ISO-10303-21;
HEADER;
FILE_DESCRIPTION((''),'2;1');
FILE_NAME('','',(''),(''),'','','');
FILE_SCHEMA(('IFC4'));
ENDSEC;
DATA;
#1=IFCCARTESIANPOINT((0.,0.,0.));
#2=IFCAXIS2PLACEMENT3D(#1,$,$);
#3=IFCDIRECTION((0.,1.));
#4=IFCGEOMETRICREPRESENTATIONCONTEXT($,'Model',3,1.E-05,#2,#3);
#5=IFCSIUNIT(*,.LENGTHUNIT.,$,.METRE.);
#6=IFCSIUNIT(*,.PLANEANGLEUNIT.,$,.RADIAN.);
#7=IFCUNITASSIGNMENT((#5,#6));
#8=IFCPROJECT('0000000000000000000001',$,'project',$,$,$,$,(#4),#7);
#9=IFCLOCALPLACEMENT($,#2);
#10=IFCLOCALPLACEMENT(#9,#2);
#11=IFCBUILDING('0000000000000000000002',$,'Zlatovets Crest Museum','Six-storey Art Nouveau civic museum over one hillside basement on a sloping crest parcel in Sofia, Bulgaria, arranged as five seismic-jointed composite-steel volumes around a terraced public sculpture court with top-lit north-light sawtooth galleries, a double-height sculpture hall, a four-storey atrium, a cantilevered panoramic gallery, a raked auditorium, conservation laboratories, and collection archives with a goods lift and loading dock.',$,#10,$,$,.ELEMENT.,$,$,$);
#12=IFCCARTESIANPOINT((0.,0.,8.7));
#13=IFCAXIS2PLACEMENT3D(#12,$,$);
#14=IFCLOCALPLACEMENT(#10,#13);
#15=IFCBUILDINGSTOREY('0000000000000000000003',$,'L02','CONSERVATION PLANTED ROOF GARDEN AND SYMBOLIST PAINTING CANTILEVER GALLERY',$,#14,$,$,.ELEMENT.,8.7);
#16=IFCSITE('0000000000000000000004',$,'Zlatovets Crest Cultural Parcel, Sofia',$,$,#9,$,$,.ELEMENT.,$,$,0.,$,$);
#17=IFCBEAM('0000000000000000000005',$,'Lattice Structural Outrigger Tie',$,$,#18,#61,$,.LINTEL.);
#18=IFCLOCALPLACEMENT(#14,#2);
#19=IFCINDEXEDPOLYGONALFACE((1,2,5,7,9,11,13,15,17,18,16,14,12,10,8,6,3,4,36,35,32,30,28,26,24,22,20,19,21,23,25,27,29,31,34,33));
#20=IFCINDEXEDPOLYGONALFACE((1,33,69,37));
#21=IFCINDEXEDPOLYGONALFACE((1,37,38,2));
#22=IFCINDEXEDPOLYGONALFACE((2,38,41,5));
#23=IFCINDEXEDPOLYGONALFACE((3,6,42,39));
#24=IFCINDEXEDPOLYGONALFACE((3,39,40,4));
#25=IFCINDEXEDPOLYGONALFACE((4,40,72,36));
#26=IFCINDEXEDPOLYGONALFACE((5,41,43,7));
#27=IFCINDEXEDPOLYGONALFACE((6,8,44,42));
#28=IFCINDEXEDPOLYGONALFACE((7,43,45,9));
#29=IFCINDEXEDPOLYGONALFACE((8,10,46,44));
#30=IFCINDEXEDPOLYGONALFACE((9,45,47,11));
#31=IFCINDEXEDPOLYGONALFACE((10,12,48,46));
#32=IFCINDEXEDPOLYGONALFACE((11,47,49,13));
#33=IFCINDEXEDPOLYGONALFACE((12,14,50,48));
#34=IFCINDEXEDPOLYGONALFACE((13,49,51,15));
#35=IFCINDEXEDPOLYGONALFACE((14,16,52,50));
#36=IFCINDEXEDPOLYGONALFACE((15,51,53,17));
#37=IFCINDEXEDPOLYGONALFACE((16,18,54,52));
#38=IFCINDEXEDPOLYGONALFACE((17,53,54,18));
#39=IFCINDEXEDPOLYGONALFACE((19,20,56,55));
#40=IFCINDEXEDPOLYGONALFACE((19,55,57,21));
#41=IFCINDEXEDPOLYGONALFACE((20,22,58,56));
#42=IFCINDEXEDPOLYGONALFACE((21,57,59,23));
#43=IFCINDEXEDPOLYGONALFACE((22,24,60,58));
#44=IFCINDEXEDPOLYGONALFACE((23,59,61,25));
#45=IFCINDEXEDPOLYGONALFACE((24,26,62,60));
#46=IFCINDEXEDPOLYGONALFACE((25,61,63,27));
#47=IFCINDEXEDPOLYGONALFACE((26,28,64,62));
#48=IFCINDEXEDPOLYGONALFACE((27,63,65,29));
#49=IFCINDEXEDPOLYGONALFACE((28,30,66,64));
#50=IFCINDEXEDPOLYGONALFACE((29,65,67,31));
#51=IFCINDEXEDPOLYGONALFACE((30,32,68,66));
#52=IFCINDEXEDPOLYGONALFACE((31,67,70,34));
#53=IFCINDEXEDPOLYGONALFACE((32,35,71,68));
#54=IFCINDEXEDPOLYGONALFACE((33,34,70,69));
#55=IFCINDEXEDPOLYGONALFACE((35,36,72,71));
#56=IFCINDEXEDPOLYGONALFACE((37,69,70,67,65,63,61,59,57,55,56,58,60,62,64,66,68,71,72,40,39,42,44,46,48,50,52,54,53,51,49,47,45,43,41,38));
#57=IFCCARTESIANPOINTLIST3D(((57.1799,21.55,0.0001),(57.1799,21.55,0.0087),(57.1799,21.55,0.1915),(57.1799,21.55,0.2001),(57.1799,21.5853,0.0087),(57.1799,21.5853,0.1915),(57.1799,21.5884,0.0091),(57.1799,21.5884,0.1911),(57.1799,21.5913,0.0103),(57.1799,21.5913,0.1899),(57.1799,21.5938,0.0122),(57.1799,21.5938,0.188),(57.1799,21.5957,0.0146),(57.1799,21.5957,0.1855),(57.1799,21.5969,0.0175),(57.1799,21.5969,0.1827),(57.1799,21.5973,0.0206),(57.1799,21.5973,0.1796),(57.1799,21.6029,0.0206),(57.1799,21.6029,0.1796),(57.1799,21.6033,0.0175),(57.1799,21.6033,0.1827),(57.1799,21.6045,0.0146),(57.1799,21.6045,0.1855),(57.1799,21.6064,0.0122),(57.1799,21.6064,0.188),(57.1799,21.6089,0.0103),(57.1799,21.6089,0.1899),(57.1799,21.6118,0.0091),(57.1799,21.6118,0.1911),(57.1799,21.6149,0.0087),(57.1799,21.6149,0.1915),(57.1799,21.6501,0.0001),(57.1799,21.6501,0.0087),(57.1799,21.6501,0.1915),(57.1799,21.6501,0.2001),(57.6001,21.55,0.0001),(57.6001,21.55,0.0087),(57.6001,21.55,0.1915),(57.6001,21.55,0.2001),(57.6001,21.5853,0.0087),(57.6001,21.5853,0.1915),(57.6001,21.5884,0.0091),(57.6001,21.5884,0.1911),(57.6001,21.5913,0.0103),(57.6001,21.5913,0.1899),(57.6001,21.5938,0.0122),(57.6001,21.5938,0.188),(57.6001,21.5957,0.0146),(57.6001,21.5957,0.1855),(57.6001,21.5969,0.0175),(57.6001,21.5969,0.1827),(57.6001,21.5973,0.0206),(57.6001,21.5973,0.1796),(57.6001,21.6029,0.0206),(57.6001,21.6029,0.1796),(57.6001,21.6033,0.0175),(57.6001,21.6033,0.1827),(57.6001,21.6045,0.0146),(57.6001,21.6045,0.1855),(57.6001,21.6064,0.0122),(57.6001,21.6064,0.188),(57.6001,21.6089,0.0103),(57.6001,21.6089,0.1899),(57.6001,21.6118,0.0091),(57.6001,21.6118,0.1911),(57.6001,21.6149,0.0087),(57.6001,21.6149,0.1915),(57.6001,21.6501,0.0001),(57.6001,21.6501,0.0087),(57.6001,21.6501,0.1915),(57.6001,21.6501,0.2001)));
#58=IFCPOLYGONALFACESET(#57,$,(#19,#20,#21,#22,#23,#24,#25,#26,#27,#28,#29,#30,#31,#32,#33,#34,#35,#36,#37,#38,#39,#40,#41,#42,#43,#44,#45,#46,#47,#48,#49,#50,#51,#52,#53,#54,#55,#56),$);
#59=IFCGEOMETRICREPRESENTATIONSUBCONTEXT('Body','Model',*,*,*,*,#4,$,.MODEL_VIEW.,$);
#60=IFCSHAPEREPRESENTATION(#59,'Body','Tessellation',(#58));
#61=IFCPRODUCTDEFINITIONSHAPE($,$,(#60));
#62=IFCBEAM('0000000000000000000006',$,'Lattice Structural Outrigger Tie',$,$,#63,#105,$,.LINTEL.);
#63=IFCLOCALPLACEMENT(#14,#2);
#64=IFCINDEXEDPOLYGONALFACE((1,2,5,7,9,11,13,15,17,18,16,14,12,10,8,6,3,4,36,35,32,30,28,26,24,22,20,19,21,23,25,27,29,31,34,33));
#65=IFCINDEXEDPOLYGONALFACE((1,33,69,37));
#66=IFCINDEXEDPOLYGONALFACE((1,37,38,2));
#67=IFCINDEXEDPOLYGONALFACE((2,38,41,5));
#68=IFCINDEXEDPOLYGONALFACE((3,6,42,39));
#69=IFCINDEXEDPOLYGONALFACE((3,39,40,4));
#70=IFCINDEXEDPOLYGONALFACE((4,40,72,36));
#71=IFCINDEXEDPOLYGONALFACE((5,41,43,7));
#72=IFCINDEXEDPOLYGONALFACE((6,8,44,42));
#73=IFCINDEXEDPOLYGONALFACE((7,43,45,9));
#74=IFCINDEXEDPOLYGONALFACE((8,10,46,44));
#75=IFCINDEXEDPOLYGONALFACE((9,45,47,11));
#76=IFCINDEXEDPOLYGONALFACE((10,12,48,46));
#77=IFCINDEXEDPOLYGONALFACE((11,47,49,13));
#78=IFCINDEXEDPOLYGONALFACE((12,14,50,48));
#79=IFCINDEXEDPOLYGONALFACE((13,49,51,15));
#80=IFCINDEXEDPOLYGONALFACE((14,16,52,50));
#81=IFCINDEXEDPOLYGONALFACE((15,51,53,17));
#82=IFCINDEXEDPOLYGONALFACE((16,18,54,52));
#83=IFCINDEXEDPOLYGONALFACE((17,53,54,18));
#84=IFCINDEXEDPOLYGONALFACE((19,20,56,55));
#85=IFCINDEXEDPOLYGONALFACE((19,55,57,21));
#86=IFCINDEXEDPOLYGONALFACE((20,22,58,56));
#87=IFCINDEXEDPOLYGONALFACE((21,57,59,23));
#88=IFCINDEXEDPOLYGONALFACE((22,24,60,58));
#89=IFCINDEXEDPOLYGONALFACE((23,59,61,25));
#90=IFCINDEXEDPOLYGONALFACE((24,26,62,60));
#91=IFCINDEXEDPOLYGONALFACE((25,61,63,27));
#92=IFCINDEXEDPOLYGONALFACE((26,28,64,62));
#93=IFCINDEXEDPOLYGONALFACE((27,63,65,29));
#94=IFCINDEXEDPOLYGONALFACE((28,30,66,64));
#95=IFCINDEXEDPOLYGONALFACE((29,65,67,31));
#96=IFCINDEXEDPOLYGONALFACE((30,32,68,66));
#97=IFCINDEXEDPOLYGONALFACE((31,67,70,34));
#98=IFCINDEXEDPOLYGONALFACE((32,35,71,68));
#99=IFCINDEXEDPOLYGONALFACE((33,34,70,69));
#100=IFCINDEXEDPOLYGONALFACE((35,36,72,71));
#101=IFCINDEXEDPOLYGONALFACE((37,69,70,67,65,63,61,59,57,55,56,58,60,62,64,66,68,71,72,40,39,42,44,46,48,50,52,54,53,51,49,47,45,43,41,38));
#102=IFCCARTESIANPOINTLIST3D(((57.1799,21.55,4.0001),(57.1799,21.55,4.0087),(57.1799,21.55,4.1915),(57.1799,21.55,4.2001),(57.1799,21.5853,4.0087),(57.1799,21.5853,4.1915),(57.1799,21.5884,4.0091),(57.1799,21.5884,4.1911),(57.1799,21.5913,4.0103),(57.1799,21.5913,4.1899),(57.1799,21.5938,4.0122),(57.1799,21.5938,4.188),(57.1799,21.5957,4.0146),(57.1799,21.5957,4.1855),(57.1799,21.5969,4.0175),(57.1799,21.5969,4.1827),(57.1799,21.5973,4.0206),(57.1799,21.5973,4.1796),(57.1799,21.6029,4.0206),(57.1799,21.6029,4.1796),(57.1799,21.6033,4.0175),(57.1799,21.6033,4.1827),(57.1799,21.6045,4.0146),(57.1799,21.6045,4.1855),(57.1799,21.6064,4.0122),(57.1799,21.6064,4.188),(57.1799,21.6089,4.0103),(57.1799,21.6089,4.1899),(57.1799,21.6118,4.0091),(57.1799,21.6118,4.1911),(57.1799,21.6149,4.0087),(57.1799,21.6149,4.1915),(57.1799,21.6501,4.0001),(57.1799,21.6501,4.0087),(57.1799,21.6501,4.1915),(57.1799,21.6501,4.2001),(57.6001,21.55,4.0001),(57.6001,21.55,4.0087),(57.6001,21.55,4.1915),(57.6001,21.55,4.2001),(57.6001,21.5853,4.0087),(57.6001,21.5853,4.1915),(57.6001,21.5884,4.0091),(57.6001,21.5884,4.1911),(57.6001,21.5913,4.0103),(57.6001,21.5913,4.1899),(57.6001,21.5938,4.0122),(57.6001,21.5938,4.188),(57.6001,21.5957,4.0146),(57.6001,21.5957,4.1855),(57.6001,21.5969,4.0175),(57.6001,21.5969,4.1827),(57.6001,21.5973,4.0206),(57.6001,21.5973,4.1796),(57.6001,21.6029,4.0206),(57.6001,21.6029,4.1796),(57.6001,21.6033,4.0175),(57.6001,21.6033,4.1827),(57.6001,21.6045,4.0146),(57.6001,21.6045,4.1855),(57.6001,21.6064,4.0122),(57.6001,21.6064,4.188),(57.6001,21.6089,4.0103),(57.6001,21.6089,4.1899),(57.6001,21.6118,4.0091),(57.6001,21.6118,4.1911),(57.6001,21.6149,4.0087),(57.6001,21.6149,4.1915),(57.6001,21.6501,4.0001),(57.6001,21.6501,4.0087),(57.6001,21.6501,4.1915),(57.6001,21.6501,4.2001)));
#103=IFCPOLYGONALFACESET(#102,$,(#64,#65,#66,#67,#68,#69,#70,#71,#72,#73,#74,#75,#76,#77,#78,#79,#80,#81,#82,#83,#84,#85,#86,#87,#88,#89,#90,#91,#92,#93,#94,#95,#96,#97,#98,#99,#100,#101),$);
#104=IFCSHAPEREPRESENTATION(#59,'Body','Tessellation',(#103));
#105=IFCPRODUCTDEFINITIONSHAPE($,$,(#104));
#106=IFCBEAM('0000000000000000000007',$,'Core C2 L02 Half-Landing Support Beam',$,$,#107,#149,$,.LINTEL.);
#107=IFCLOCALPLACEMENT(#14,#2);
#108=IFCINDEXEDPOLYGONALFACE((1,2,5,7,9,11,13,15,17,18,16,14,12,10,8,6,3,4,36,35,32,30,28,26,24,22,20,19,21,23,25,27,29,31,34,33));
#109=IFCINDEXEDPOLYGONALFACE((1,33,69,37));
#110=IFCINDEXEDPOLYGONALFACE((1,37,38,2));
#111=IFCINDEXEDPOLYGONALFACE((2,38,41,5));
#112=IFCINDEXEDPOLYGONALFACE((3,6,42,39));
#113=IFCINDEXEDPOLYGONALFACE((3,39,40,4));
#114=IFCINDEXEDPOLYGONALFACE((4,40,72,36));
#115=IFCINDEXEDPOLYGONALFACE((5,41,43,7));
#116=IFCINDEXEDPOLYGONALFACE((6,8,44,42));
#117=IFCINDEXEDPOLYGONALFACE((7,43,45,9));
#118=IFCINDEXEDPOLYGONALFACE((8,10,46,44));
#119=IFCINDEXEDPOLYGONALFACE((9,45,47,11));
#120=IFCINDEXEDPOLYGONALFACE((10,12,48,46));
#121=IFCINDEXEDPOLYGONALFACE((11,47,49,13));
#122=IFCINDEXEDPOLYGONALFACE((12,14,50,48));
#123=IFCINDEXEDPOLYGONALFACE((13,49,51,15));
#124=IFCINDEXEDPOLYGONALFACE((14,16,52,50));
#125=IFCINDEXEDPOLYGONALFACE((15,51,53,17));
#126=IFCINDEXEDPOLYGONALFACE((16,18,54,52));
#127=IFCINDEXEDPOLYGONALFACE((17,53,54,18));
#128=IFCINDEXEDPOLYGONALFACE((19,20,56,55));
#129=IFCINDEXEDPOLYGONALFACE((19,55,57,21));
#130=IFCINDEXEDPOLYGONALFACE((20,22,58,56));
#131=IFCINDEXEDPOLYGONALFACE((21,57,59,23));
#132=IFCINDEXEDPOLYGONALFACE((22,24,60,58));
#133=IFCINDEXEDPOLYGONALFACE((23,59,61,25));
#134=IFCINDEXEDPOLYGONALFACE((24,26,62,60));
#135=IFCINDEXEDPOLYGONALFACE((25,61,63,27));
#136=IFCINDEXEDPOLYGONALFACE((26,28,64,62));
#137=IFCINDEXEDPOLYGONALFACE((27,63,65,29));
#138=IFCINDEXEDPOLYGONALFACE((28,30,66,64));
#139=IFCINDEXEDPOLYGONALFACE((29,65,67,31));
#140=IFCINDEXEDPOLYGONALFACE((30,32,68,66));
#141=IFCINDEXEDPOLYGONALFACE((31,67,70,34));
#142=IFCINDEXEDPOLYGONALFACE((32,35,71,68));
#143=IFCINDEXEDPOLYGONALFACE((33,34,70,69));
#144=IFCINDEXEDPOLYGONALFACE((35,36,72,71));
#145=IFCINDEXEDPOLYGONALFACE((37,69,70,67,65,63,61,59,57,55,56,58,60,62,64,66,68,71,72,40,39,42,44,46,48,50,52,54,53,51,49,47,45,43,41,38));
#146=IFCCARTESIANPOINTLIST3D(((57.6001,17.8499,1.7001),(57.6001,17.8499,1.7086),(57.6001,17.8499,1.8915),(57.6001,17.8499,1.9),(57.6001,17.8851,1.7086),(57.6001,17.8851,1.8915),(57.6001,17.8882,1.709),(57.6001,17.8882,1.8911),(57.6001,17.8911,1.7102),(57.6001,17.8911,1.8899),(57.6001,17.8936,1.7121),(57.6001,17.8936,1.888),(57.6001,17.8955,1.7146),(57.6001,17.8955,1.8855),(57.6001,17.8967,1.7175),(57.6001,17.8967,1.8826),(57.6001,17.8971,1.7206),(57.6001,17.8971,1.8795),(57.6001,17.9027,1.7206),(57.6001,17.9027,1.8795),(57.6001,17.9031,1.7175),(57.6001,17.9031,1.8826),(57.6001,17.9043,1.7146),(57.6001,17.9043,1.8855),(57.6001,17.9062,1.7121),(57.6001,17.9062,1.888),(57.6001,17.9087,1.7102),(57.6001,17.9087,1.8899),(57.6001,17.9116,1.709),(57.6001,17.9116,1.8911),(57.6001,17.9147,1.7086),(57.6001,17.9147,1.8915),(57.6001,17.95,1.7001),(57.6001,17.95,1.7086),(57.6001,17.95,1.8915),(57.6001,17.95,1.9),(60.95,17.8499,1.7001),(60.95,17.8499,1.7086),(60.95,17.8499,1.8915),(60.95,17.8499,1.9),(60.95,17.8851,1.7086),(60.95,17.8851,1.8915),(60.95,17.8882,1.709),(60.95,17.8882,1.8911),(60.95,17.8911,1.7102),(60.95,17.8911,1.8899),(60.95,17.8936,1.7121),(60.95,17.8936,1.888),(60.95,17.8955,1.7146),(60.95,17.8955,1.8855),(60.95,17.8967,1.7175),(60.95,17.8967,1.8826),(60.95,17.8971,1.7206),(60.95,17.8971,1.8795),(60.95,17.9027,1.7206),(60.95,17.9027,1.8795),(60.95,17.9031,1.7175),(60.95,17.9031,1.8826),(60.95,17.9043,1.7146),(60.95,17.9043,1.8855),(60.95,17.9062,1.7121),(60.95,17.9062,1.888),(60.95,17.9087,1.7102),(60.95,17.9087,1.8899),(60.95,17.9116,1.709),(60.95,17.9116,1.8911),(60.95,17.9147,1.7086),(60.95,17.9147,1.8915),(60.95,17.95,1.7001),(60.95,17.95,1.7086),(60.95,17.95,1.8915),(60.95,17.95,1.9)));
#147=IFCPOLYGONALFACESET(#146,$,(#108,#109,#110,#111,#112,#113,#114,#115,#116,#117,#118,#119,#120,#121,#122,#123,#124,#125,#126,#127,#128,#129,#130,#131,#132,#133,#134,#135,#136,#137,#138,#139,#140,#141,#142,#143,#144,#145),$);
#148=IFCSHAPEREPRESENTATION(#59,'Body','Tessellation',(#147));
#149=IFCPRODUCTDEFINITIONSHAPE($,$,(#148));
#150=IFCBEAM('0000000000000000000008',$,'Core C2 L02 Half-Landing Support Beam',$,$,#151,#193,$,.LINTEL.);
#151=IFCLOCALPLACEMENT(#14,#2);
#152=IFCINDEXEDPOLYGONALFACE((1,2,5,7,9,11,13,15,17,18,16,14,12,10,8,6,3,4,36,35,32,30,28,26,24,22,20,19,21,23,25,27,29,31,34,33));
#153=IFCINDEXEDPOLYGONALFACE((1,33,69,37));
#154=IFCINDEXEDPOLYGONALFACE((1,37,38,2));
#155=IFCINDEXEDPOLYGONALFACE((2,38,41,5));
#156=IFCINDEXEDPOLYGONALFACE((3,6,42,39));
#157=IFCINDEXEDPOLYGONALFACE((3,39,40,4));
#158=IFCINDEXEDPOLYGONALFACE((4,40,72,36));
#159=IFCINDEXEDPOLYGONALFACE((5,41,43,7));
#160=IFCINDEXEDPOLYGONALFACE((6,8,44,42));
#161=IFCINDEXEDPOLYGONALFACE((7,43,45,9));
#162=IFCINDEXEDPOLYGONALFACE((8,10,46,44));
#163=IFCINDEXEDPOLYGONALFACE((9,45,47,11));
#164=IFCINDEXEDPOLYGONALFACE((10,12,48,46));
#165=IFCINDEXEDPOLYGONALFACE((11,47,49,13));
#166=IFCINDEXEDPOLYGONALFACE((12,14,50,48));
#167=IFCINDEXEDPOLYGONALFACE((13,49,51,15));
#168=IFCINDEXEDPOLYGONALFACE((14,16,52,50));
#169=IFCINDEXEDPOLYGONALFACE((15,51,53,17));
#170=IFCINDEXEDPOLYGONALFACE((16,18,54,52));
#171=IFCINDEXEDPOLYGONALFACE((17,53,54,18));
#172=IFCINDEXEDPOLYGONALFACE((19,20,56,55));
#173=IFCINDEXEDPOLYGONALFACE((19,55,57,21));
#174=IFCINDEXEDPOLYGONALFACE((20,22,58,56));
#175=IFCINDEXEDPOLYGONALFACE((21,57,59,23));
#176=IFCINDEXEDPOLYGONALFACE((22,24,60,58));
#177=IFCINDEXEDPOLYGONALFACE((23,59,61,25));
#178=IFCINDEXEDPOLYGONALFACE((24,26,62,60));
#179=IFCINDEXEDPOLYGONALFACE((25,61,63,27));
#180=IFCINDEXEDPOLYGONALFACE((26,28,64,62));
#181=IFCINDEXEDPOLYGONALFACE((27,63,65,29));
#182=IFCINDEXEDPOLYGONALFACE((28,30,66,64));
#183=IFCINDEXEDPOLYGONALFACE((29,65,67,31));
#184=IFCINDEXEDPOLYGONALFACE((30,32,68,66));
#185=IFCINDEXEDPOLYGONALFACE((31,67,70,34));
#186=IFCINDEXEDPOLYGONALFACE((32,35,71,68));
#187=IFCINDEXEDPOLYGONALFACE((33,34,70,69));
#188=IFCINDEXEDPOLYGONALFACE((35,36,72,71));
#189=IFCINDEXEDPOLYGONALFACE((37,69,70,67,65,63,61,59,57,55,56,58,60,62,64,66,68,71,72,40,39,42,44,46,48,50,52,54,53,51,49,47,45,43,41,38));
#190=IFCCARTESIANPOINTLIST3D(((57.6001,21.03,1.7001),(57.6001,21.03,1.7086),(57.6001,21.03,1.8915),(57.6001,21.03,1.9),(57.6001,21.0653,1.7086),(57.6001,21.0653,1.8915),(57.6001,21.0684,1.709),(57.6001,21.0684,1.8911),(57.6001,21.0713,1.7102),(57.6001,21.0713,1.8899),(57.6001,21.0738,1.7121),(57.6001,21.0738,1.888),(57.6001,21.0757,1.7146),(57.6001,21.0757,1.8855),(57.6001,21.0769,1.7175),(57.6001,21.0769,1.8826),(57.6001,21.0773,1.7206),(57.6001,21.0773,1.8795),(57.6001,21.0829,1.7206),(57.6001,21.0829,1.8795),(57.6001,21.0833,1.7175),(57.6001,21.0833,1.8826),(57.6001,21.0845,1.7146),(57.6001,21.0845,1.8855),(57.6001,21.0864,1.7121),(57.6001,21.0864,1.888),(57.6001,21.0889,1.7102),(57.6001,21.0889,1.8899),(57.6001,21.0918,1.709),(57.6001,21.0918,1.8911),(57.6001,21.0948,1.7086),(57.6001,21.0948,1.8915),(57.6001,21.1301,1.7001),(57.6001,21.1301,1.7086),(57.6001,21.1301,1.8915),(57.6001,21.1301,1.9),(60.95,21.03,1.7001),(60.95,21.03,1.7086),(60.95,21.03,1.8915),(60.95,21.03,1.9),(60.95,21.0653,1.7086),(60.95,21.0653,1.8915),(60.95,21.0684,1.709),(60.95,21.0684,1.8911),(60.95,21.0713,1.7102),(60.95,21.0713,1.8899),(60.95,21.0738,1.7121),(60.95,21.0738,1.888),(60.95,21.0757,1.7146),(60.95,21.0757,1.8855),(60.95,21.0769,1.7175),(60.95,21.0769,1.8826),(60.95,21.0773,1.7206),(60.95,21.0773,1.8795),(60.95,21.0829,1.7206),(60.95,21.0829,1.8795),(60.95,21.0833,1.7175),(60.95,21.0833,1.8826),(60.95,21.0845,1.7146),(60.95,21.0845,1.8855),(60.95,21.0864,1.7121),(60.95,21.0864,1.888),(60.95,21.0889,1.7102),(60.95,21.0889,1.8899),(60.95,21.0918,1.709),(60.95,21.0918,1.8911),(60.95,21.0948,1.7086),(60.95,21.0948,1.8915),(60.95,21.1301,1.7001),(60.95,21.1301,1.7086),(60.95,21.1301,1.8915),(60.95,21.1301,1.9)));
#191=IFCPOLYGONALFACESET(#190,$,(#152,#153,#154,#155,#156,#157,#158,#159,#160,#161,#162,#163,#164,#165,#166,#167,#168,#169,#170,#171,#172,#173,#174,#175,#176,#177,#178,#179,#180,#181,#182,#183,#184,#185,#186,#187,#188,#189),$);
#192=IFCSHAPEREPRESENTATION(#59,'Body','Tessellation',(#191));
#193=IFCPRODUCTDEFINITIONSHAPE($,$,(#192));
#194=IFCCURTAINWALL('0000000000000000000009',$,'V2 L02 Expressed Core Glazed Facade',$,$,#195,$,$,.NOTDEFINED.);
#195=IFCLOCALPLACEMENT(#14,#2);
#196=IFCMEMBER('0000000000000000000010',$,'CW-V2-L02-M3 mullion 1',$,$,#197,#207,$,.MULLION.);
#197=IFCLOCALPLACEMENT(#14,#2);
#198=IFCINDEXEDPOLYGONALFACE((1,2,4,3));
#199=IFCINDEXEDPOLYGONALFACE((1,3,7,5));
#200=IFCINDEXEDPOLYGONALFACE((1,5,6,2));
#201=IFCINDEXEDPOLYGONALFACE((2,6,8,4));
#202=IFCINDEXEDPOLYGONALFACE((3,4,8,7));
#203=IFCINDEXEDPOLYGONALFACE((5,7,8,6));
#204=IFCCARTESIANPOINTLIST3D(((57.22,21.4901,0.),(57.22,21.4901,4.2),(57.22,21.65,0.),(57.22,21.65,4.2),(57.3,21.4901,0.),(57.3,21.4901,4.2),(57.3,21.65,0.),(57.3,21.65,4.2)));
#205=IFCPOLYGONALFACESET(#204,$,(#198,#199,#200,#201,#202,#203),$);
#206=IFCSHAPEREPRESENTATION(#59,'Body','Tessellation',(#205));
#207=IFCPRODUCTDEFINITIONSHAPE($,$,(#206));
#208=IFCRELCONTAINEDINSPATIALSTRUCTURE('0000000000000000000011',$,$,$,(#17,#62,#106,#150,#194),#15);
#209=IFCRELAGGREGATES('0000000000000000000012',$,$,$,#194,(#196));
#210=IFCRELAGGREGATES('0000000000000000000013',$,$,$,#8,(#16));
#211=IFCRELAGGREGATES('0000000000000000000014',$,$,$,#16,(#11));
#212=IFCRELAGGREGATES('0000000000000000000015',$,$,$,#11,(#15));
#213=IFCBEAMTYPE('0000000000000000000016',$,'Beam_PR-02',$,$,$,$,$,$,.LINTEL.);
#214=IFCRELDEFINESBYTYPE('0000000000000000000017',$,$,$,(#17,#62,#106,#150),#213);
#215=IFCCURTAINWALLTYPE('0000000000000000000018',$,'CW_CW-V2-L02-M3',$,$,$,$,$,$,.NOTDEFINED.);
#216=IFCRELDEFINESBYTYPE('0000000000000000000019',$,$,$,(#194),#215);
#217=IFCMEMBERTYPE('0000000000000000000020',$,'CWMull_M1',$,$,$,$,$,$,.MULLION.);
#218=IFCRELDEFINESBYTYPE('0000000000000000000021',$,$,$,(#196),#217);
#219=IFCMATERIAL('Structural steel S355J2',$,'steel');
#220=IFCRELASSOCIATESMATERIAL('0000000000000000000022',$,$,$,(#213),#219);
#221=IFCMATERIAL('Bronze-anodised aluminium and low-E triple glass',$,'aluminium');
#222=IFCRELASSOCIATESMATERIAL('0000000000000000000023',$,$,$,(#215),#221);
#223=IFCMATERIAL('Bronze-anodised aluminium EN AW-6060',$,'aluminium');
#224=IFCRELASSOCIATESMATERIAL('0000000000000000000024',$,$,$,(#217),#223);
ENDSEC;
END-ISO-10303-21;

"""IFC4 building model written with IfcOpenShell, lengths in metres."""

from ifc_helpers import new_model, si_unit, direction, frame, origin, origin_2d, place, context, subcontext, project, spatial, rectangle, i_section, extrude, material, material_profile, profile_set, type_object, element, aggregate, save


model = new_model("IFC4")

# Units and contexts
model_context = context("Model", 3, precision=1e-05, world=origin(), true_north=direction((0.0, 1.0)))
body_context = subcontext(model_context, "Body", "Model", "MODEL_VIEW")
ifc_project = project(units=[si_unit("LENGTHUNIT", "METRE"), si_unit("PLANEANGLEUNIT", "RADIAN")], contexts=[model_context])

# Site, building, storey
site_placement = place(None, origin())
site = spatial("IfcSite", under=ifc_project, at=site_placement, Name="Zlatovets Crest Cultural Parcel, Sofia", CompositionType="ELEMENT", RefElevation=0.0)
building_placement = place(site_placement, origin())
building = spatial("IfcBuilding", under=site, at=building_placement, Name="Zlatovets Crest Museum", Description="Six-storey Art Nouveau civic museum over one hillside basement on a sloping crest parcel in Sofia, Bulgaria, arranged as five seismic-jointed composite-steel volumes around a terraced public sculpture court with top-lit north-light sawtooth galleries, a double-height sculpture hall, a four-storey atrium, a cantilevered panoramic gallery, a raked auditorium, conservation laboratories, and collection archives with a goods lift and loading dock.", CompositionType="ELEMENT")
storey_placement = place(building_placement, frame((0.0, 0.0, 8.7)))
storey = spatial("IfcBuildingStorey", under=building, at=storey_placement, Name="L02", Description="CONSERVATION PLANTED ROOF GARDEN AND SYMBOLIST PAINTING CANTILEVER GALLERY", CompositionType="ELEMENT", Elevation=8.7)

# Shared definitions
ifc_material_1 = material(Name="Structural steel S355J2", Category="steel")

# Beams
ifc_material_profile_1 = material_profile(ifc_material_1, i_section(OverallWidth=0.1001, OverallDepth=0.2, WebThickness=0.0056, FlangeThickness=0.0085, FilletRadius=0.012, at=origin_2d()), Name="IPE 200")
ifc_profile_set_1 = profile_set([ifc_material_profile_1], Name="Structural steel S355J2")
beam_type_1 = type_object("IfcBeamType", Name="Beam_PR-02", PredefinedType="LINTEL", material=ifc_profile_set_1)
for number, where, z_axis, x_axis, name in (
    (1, (57.6001, 21.6001, 0.1001), (-1.0, 0.0, 0.0), (0.0, -1.0, 0.0), "Lattice Structural Outrigger Tie"),
    (2, (57.6001, 21.6001, 4.1001), (-1.0, 0.0, 0.0), (0.0, -1.0, 0.0), "Lattice Structural Outrigger Tie"),
):
    element("IfcBeam", number, at=place(storey_placement, frame(where, z_axis=z_axis, x_axis=x_axis)), inside=storey, type_object=beam_type_1, Name=name, PredefinedType="LINTEL", context=body_context, shape_type="SweptSolid", body=[
        extrude(i_section(OverallWidth=0.1001, OverallDepth=0.2, WebThickness=0.0056, FlangeThickness=0.0085, FilletRadius=0.012, at=origin_2d()), origin(), (0.0, 0.0, 1.0), 0.4202),
    ])
for number, where, z_axis, x_axis, name in (
    (3, (57.6001, 17.8999, 1.8), (1.0, 0.0, 0.0), (0.0, 1.0, 0.0), "Core C2 L02 Half-Landing Support Beam"),
    (4, (57.6001, 21.0801, 1.8), (1.0, 0.0, 0.0), (0.0, 1.0, 0.0), "Core C2 L02 Half-Landing Support Beam"),
):
    element("IfcBeam", number, at=place(storey_placement, frame(where, z_axis=z_axis, x_axis=x_axis)), inside=storey, type_object=beam_type_1, Name=name, PredefinedType="LINTEL", context=body_context, shape_type="SweptSolid", body=[
        extrude(i_section(OverallWidth=0.1001, OverallDepth=0.2, WebThickness=0.0056, FlangeThickness=0.0085, FilletRadius=0.012, at=origin_2d()), origin(), (0.0, 0.0, 1.0), 3.3499),
    ])

# Curtain wall, member
ifc_material_2 = material(Name="Bronze-anodised aluminium and low-E triple glass", Category="aluminium")
curtain_wall_type_1 = type_object("IfcCurtainWallType", Name="CW_CW-V2-L02-M3", PredefinedType="NOTDEFINED", material=ifc_material_2)
curtain_wall_1_placement = place(storey_placement, origin())
curtain_wall_1 = element("IfcCurtainWall", 5, at=curtain_wall_1_placement, inside=storey, type_object=curtain_wall_type_1, Name="V2 L02 Expressed Core Glazed Facade", PredefinedType="NOTDEFINED")
ifc_material_3 = material(Name="Bronze-anodised aluminium EN AW-6060", Category="aluminium")
ifc_material_profile_2 = material_profile(ifc_material_3, rectangle(XDim=0.0801, YDim=0.1599, at=origin_2d()), Name="ALU 80x160")
ifc_profile_set_2 = profile_set([ifc_material_profile_2], Name="Bronze-anodised aluminium EN AW-6060")
member_type_1 = type_object("IfcMemberType", Name="CWMull_M1", PredefinedType="MULLION", material=ifc_profile_set_2)
member_1_placement = place(storey_placement, frame((57.26, 21.5701, 0.0), z_axis=(0.0, 0.0, 1.0), x_axis=(1.0, 0.0, 0.0)))
member_1 = element("IfcMember", 6, at=member_1_placement, type_object=member_type_1, Name="CW-V2-L02-M3 mullion 1", PredefinedType="MULLION", context=body_context, shape_type="SweptSolid", body=[
    extrude(rectangle(XDim=0.0801, YDim=0.1599, at=origin_2d()), origin(), (0.0, 0.0, 1.0), 4.2),
])

aggregate(curtain_wall_1, [member_1])

save(model, "model.ifc")
